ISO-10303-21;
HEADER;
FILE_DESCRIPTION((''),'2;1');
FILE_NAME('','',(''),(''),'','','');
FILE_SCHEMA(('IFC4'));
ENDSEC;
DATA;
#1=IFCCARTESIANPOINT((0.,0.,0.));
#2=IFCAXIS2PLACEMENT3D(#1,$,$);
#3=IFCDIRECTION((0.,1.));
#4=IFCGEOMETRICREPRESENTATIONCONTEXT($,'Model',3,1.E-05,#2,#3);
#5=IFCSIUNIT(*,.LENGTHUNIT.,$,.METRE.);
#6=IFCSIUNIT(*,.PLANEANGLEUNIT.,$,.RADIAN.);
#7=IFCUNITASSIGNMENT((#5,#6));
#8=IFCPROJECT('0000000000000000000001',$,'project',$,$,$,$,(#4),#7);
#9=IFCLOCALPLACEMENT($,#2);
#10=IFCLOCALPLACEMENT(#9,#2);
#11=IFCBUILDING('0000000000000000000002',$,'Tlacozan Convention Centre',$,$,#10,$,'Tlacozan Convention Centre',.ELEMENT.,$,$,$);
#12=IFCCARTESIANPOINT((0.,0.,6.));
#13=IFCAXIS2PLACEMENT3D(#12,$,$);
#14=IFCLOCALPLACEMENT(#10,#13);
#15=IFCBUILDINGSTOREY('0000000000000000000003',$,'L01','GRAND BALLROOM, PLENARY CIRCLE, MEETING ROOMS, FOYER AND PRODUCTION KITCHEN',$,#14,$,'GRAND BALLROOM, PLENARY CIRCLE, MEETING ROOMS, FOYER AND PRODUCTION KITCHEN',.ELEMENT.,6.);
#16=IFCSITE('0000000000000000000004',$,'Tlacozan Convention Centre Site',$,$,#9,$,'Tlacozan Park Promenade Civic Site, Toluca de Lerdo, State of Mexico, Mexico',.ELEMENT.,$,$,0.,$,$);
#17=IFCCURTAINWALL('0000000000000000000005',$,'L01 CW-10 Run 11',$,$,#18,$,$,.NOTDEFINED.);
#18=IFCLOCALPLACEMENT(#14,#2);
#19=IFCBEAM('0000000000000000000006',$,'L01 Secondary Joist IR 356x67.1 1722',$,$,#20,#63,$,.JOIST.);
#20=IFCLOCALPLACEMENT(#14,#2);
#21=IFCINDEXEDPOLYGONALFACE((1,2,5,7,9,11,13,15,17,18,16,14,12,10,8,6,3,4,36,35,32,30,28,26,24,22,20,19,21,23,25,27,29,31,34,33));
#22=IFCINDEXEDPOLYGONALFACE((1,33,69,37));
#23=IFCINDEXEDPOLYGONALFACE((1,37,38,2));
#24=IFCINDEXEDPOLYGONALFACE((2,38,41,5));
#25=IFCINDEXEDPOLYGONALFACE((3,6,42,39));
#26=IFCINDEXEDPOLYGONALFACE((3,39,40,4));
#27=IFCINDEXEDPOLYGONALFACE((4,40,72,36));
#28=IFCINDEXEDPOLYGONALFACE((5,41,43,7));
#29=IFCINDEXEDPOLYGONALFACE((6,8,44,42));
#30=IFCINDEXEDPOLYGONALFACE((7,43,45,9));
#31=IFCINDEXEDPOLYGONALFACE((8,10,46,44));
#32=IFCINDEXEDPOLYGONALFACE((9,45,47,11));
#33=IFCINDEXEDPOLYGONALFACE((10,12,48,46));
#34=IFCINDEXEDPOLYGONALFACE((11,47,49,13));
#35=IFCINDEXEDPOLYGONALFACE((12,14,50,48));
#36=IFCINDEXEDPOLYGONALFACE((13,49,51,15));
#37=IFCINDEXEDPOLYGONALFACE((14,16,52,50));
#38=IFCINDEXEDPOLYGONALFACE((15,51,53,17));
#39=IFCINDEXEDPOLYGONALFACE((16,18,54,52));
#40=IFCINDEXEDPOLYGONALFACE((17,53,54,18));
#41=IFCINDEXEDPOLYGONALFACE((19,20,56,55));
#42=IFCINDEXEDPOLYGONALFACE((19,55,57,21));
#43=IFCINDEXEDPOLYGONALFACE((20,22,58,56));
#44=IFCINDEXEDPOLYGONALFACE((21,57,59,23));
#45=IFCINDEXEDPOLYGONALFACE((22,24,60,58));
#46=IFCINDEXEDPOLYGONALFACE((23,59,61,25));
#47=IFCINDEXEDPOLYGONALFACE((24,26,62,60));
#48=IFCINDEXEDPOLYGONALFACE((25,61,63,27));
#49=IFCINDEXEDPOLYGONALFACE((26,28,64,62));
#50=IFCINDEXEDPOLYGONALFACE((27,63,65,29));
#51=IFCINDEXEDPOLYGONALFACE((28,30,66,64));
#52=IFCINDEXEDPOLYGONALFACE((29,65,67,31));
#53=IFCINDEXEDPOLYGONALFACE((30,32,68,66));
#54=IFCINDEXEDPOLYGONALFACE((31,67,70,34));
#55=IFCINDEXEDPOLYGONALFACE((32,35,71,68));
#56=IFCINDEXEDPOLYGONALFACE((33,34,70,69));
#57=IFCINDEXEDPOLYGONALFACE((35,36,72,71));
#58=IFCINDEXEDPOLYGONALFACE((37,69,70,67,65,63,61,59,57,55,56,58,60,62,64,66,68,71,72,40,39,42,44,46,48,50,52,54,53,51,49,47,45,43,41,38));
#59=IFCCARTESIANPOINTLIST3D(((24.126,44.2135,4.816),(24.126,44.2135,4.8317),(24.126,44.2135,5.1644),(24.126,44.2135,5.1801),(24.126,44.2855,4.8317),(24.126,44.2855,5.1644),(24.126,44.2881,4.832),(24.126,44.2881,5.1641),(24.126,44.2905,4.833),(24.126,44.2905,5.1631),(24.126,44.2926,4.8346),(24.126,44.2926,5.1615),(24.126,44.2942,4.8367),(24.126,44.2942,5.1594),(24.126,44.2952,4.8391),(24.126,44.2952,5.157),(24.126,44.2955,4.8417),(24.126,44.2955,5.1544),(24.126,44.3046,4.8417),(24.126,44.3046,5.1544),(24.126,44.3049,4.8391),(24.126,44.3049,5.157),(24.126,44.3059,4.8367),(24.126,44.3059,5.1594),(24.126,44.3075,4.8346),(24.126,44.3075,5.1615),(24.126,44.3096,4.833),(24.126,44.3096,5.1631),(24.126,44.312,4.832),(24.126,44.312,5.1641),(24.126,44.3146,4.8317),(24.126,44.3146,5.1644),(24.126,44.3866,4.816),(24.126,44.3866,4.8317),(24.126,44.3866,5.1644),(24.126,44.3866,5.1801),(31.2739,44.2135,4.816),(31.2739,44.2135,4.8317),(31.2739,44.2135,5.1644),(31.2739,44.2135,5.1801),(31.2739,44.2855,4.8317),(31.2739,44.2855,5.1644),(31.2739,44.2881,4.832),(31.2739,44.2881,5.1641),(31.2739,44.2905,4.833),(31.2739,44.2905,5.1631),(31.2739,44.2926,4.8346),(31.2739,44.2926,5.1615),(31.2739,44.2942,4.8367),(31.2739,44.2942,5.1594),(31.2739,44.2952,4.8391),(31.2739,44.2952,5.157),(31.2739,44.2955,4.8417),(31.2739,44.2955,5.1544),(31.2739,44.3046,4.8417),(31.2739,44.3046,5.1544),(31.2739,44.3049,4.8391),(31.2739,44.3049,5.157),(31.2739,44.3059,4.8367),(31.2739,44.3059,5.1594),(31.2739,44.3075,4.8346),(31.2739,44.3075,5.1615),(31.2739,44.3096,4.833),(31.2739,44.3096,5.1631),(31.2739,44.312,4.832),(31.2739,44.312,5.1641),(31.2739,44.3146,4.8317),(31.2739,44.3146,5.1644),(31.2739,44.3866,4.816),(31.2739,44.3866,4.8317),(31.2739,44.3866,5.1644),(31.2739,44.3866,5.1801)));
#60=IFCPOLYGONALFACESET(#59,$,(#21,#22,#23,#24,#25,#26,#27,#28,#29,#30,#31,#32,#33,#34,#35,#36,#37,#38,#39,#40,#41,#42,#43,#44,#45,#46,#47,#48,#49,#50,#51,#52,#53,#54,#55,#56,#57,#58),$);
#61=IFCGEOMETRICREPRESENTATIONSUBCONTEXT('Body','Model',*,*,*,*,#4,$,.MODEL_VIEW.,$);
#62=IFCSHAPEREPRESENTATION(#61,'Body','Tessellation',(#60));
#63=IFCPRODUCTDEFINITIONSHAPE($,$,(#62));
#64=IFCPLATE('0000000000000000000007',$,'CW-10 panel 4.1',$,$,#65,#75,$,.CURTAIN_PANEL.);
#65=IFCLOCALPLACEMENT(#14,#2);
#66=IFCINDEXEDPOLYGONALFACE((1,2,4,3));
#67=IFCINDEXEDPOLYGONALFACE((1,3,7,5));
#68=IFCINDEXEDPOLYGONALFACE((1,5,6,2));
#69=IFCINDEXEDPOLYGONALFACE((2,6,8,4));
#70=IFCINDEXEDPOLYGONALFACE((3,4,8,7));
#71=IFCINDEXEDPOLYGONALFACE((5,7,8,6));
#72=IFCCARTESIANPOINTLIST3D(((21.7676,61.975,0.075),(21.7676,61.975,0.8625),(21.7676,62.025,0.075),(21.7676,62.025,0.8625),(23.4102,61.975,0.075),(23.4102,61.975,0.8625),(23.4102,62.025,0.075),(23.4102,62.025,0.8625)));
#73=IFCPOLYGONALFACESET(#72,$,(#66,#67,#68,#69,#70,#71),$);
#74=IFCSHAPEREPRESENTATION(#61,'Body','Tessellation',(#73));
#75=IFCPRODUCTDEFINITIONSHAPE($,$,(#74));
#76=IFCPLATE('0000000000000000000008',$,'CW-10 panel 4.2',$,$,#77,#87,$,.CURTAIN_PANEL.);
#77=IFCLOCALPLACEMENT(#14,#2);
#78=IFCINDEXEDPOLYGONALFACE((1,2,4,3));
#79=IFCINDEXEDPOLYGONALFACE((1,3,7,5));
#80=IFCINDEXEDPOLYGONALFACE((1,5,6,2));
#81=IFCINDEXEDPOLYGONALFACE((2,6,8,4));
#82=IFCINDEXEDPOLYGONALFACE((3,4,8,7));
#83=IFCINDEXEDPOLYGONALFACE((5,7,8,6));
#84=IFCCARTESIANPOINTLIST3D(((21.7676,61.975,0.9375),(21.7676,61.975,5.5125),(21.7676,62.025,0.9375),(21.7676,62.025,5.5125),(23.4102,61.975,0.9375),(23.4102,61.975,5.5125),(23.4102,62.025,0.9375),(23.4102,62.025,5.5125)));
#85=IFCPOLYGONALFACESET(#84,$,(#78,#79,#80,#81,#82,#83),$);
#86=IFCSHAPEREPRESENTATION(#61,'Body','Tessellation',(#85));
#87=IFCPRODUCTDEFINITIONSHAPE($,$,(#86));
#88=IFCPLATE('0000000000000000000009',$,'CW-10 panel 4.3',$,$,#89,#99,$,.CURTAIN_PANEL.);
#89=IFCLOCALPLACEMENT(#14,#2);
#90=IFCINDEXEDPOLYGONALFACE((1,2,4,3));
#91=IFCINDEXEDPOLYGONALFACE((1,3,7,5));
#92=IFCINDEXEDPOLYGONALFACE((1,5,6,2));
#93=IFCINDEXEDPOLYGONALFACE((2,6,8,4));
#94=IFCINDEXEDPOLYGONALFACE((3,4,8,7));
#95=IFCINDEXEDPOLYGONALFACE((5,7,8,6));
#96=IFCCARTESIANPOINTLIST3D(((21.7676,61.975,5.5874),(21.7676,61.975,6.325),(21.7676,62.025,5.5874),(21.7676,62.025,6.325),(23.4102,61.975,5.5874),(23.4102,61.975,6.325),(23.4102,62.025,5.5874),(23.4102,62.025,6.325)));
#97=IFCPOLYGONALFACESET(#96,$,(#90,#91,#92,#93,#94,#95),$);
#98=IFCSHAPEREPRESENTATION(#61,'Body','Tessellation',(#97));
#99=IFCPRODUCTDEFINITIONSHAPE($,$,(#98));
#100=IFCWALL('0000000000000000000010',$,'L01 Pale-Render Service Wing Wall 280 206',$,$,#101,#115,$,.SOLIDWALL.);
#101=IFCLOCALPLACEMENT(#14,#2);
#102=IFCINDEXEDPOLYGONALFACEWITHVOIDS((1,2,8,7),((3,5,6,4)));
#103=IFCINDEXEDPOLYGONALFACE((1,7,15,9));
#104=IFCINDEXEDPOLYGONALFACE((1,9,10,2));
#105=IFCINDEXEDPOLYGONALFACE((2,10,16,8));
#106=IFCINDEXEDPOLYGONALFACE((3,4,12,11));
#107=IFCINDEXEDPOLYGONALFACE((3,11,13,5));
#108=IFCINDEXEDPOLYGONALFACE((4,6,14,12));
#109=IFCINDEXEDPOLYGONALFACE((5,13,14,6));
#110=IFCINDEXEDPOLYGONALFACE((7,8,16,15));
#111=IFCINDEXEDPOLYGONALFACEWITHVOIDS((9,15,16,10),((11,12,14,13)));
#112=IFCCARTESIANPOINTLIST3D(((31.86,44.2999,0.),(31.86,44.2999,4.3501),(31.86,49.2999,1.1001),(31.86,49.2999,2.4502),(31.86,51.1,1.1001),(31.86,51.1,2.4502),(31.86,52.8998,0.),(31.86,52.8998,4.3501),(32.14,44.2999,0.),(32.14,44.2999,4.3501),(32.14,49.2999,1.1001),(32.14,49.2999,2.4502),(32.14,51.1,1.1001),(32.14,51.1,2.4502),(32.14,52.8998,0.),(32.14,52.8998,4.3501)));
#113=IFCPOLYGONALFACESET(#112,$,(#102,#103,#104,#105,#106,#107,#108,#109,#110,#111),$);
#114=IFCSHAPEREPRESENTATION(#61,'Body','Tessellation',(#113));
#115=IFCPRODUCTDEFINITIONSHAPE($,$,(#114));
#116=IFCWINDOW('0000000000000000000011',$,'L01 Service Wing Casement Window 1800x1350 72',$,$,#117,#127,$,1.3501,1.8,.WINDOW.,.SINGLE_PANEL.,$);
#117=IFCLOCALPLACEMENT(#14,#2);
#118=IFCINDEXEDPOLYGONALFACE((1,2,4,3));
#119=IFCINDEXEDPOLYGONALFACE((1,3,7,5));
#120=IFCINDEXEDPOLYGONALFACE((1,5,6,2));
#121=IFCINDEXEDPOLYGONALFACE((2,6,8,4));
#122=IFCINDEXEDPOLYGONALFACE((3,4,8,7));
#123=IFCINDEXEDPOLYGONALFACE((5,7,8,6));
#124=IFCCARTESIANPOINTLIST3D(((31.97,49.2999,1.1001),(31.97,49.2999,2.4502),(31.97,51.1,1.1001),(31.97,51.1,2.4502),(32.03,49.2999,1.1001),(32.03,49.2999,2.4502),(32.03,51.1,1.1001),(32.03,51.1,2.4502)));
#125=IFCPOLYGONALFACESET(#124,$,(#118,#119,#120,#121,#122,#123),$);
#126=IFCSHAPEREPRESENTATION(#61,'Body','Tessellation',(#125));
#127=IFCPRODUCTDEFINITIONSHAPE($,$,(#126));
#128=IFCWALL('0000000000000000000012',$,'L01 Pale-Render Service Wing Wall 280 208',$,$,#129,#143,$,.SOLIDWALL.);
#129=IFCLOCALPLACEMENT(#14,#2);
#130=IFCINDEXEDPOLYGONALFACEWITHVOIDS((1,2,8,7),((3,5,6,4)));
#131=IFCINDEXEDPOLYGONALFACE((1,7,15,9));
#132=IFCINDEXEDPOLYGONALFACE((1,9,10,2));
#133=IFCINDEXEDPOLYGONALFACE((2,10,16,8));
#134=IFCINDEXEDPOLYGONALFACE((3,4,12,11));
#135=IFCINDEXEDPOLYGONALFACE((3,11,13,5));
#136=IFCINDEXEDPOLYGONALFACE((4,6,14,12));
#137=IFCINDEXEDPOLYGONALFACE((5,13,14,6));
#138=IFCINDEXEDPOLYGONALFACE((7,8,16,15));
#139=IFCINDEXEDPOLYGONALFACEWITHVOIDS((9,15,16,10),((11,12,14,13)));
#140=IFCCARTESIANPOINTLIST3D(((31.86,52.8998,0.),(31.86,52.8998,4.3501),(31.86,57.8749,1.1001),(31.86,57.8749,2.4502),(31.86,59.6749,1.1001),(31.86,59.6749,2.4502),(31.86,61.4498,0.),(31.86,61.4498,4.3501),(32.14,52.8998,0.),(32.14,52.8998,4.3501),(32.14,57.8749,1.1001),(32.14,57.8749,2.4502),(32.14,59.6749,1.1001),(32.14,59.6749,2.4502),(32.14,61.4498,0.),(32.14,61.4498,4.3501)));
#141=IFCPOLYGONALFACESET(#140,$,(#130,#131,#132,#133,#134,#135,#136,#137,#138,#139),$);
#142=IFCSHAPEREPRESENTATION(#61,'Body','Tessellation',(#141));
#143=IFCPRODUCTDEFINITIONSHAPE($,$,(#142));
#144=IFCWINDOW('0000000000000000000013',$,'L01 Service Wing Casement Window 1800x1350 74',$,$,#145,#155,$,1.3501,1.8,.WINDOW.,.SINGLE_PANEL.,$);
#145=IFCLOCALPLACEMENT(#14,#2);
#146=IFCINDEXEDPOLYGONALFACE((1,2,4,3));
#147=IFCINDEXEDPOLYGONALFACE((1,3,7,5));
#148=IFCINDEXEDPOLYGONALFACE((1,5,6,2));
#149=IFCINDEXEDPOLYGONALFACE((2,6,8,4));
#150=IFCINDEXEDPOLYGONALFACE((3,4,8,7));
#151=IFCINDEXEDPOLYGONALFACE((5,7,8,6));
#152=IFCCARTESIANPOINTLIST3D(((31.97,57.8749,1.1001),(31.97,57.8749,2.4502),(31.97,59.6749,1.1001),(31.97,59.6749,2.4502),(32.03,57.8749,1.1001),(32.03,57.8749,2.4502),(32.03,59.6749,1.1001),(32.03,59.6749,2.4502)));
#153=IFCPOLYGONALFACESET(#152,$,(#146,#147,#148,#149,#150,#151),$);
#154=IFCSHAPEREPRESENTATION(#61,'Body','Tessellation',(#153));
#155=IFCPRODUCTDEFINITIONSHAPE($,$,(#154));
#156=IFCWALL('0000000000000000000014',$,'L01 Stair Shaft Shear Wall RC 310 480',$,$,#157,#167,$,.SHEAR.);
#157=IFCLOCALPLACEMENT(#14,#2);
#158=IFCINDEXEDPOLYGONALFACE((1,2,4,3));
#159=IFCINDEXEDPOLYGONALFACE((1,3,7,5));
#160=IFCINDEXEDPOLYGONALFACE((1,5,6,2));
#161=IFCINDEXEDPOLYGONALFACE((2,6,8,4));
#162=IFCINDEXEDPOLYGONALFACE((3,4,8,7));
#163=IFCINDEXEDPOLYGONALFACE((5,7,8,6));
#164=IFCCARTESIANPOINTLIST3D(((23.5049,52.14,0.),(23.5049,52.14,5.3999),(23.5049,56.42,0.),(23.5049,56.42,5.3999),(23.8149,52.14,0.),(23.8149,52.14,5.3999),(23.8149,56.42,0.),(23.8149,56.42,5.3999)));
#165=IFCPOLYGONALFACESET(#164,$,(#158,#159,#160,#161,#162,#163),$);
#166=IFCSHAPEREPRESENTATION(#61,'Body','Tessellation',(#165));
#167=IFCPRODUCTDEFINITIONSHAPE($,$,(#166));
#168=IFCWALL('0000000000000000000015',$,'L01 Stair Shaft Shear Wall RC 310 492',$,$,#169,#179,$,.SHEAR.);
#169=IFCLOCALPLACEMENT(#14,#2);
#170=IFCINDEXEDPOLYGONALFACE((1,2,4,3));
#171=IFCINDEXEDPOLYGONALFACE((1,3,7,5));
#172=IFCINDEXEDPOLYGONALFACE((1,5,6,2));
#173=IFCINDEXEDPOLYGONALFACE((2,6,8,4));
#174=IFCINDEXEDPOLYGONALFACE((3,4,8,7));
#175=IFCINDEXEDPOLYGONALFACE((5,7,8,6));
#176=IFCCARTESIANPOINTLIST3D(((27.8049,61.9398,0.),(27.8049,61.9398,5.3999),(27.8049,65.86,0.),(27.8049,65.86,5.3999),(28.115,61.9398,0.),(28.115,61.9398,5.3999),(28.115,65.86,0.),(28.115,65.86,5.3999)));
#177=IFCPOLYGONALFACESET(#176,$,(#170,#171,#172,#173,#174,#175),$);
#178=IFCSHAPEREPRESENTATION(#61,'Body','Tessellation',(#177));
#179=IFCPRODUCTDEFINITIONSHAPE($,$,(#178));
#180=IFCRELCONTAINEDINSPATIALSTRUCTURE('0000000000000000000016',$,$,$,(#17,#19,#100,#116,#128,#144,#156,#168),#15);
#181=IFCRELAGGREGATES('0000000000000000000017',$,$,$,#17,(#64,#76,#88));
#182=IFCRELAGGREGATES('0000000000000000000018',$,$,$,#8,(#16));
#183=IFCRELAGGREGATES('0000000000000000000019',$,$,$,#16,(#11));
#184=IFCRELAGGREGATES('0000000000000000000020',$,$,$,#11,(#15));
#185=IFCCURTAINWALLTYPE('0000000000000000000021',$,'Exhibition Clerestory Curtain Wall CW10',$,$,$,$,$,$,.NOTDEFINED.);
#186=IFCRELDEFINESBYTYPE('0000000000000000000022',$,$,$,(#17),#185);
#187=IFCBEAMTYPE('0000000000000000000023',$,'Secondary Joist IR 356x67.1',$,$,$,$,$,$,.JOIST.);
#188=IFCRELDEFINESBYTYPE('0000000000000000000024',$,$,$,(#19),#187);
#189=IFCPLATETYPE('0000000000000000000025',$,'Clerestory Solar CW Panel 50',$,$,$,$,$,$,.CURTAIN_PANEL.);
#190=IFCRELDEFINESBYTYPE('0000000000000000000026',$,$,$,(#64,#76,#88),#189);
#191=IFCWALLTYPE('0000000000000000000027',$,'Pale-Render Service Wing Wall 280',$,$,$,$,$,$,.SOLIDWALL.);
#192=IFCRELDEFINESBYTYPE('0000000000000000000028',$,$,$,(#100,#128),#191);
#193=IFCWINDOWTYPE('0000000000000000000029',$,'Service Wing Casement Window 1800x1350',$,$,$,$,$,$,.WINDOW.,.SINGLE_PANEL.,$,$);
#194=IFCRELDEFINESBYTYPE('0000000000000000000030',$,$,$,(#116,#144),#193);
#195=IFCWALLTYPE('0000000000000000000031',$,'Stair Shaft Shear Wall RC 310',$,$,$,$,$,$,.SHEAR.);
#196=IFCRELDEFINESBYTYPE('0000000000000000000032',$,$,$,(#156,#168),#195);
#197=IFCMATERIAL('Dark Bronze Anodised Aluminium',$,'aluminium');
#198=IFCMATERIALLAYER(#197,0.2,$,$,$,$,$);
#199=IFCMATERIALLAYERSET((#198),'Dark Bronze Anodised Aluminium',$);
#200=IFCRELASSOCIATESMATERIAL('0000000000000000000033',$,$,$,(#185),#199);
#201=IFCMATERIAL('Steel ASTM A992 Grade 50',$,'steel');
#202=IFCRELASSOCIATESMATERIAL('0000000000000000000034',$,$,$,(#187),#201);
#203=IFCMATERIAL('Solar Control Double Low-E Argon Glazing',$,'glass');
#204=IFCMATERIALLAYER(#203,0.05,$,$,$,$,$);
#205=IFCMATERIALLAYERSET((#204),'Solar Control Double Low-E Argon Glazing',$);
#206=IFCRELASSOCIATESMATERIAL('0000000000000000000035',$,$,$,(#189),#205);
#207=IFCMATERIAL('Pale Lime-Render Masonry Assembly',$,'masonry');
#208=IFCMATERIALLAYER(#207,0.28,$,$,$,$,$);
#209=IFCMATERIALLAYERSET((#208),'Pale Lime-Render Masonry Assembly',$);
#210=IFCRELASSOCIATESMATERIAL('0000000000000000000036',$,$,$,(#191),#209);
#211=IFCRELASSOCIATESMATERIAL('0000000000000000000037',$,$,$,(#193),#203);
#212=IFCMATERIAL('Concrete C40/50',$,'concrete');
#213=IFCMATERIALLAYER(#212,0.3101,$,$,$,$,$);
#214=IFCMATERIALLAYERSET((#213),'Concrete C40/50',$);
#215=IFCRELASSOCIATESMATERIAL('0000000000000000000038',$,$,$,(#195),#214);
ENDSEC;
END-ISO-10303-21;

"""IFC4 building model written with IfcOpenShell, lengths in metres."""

from ifc_helpers import new_model, si_unit, direction, frame, frame_2d, origin, origin_2d, place, context, subcontext, project, spatial, rectangle, i_section, extrude, material, layer, layer_set, material_profile, profile_set, type_object, element, fill, aggregate, save


model = new_model("IFC4")

# Units and contexts
model_context = context("Model", 3, precision=1e-05, world=origin(), true_north=direction((0.0, 1.0)))
body_context = subcontext(model_context, "Body", "Model", "MODEL_VIEW")
ifc_project = project(units=[si_unit("LENGTHUNIT", "METRE"), si_unit("PLANEANGLEUNIT", "RADIAN")], contexts=[model_context])

# Site, building, storey
site_placement = place(None, origin())
site = spatial("IfcSite", under=ifc_project, at=site_placement, Name="Tlacozan Convention Centre Site", LongName="Tlacozan Park Promenade Civic Site, Toluca de Lerdo, State of Mexico, Mexico", CompositionType="ELEMENT", RefElevation=0.0)
building_placement = place(site_placement, origin())
building = spatial("IfcBuilding", under=site, at=building_placement, Name="Tlacozan Convention Centre", LongName="Tlacozan Convention Centre", CompositionType="ELEMENT")
storey_placement = place(building_placement, frame((0.0, 0.0, 6.0)))
storey = spatial("IfcBuildingStorey", under=building, at=storey_placement, Name="L01", Description="GRAND BALLROOM, PLENARY CIRCLE, MEETING ROOMS, FOYER AND PRODUCTION KITCHEN", LongName="GRAND BALLROOM, PLENARY CIRCLE, MEETING ROOMS, FOYER AND PRODUCTION KITCHEN", CompositionType="ELEMENT", Elevation=6.0)

# Curtain wall
ifc_material_1 = material(Name="Dark Bronze Anodised Aluminium", Category="aluminium")
ifc_layer_1 = layer(ifc_material_1, 0.2)
ifc_layer_set_1 = layer_set([ifc_layer_1], Name="Dark Bronze Anodised Aluminium")
curtain_wall_type = type_object("IfcCurtainWallType", Name="Exhibition Clerestory Curtain Wall CW10", PredefinedType="NOTDEFINED", material=ifc_layer_set_1)
curtain_wall_placement = place(storey_placement, origin())
curtain_wall = element("IfcCurtainWall", 1, at=curtain_wall_placement, inside=storey, type_object=curtain_wall_type, Name="L01 CW-10 Run 11", PredefinedType="NOTDEFINED")

# Beam
ifc_material_2 = material(Name="Steel ASTM A992 Grade 50", Category="steel")
ifc_material_profile_1 = material_profile(ifc_material_2, i_section(OverallWidth=0.1731, OverallDepth=0.364, WebThickness=0.009, FlangeThickness=0.0156, FilletRadius=0.01, at=origin_2d()), Name="IR 356x67.1")
ifc_profile_set_1 = profile_set([ifc_material_profile_1], Name="Steel ASTM A992 Grade 50")
beam_type_1 = type_object("IfcBeamType", Name="Secondary Joist IR 356x67.1", PredefinedType="JOIST", material=ifc_profile_set_1)
beam_1_placement = place(storey_placement, frame((24.126, 44.3, 4.998), z_axis=(1.0, 0.0, 0.0), x_axis=(0.0, 1.0, 0.0)))
element("IfcBeam", 2, at=beam_1_placement, inside=storey, type_object=beam_type_1, Name="L01 Secondary Joist IR 356x67.1 1722", PredefinedType="JOIST", context=body_context, shape_type="SweptSolid", body=[
    extrude(i_section(OverallWidth=0.1731, OverallDepth=0.364, WebThickness=0.009, FlangeThickness=0.0156, FilletRadius=0.01, at=origin_2d()), origin(), (0.0, 0.0, 1.0), 7.1479),
])

# Plates
ifc_material_3 = material(Name="Solar Control Double Low-E Argon Glazing", Category="glass")
ifc_layer_2 = layer(ifc_material_3, 0.05)
ifc_layer_set_2 = layer_set([ifc_layer_2], Name="Solar Control Double Low-E Argon Glazing")
plate_type = type_object("IfcPlateType", Name="Clerestory Solar CW Panel 50", PredefinedType="CURTAIN_PANEL", material=ifc_layer_set_2)
plate_1_placement = place(storey_placement, frame((22.5889, 62.0, 0.075), z_axis=(0.0, 0.0, 1.0), x_axis=(1.0, 0.0, 0.0)))
plate_1 = element("IfcPlate", 3, at=plate_1_placement, type_object=plate_type, Name="CW-10 panel 4.1", PredefinedType="CURTAIN_PANEL", context=body_context, shape_type="SweptSolid", body=[
    extrude(rectangle(XDim=1.6426, YDim=0.05, at=origin_2d()), origin(), (0.0, 0.0, 1.0), 0.7876),
])
plate_2_placement = place(storey_placement, frame((22.5889, 62.0, 0.9375), z_axis=(0.0, 0.0, 1.0), x_axis=(1.0, 0.0, 0.0)))
plate_2 = element("IfcPlate", 4, at=plate_2_placement, type_object=plate_type, Name="CW-10 panel 4.2", PredefinedType="CURTAIN_PANEL", context=body_context, shape_type="SweptSolid", body=[
    extrude(rectangle(XDim=1.6426, YDim=0.05, at=origin_2d()), origin(), (0.0, 0.0, 1.0), 4.575),
])
plate_3_placement = place(storey_placement, frame((22.5889, 62.0, 5.5874), z_axis=(0.0, 0.0, 1.0), x_axis=(1.0, 0.0, 0.0)))
plate_3 = element("IfcPlate", 5, at=plate_3_placement, type_object=plate_type, Name="CW-10 panel 4.3", PredefinedType="CURTAIN_PANEL", context=body_context, shape_type="SweptSolid", body=[
    extrude(rectangle(XDim=1.6426, YDim=0.05, at=origin_2d()), origin(), (0.0, 0.0, 1.0), 0.7375),
])
aggregate(curtain_wall, [plate_1, plate_2, plate_3])

# Shared definitions
ifc_material_4 = material(Name="Concrete C40/50", Category="concrete")

# Walls, openings, windows
ifc_material_5 = material(Name="Pale Lime-Render Masonry Assembly", Category="masonry")
ifc_layer_3 = layer(ifc_material_5, 0.28)
ifc_layer_set_3 = layer_set([ifc_layer_3], Name="Pale Lime-Render Masonry Assembly")
wall_type_1 = type_object("IfcWallType", Name="Pale-Render Service Wing Wall 280", PredefinedType="SOLIDWALL", material=ifc_layer_set_3)
wall_1_placement = place(storey_placement, frame((32.0, 44.3, 0.0), z_axis=(0.0, 0.0, 1.0), x_axis=(0.0, 1.0, 0.0)))
wall_1 = element("IfcWall", 6, at=wall_1_placement, inside=storey, type_object=wall_type_1, Name="L01 Pale-Render Service Wing Wall 280 206", PredefinedType="SOLIDWALL", context=body_context, shape_type="SweptSolid", body=[
    extrude(rectangle(XDim=8.5999, YDim=0.28, at=frame_2d((4.2998, 0.0))), origin(), (0.0, 0.0, 1.0), 4.3501),
])
opening_1_placement = place(wall_1_placement, frame((5.0, 0.0, 1.1001)))
opening_1 = element("IfcOpeningElement", 7, at=opening_1_placement, cuts=wall_1, PredefinedType="OPENING", context=body_context, shape_type="SweptSolid", body=[
    extrude(rectangle(XDim=1.8, YDim=1.3501, at=frame_2d((0.8999, 0.675))), frame((0.0, 0.1499, 0.0), z_axis=(0.0, -1.0, 0.0), x_axis=(1.0, 0.0, 0.0)), (0.0, 0.0, 1.0), 0.3),
])
window_type = type_object("IfcWindowType", Name="Service Wing Casement Window 1800x1350", PartitioningType="SINGLE_PANEL", PredefinedType="WINDOW", material=ifc_material_3)
window_1_placement = place(opening_1_placement, origin())
window_1 = element("IfcWindow", 8, at=window_1_placement, inside=storey, type_object=window_type, Name="L01 Service Wing Casement Window 1800x1350 72", OverallHeight=1.3501, OverallWidth=1.8, PartitioningType="SINGLE_PANEL", PredefinedType="WINDOW", context=body_context, shape_type="SweptSolid", body=[
    extrude(rectangle(XDim=1.8, YDim=1.3501, at=frame_2d((0.8999, 0.675))), frame((0.0, 0.03, 0.0), z_axis=(0.0, -1.0, 0.0), x_axis=(1.0, 0.0, 0.0)), (0.0, 0.0, 1.0), 0.0601),
])
fill(opening_1, window_1)
wall_2_placement = place(storey_placement, frame((32.0, 52.8999, 0.0), z_axis=(0.0, 0.0, 1.0), x_axis=(0.0, 1.0, 0.0)))
wall_2 = element("IfcWall", 9, at=wall_2_placement, inside=storey, type_object=wall_type_1, Name="L01 Pale-Render Service Wing Wall 280 208", PredefinedType="SOLIDWALL", context=body_context, shape_type="SweptSolid", body=[
    extrude(rectangle(XDim=8.55, YDim=0.28, at=frame_2d((4.2749, 0.0))), origin(), (0.0, 0.0, 1.0), 4.3501),
])
opening_2_placement = place(wall_2_placement, frame((4.9751, 0.0, 1.1001)))
opening_2 = element("IfcOpeningElement", 10, at=opening_2_placement, cuts=wall_2, PredefinedType="OPENING", context=body_context, shape_type="SweptSolid", body=[
    extrude(rectangle(XDim=1.8, YDim=1.3501, at=frame_2d((0.8999, 0.675))), frame((0.0, 0.1499, 0.0), z_axis=(0.0, -1.0, 0.0), x_axis=(1.0, 0.0, 0.0)), (0.0, 0.0, 1.0), 0.3),
])
window_2_placement = place(opening_2_placement, origin())
window_2 = element("IfcWindow", 11, at=window_2_placement, inside=storey, type_object=window_type, Name="L01 Service Wing Casement Window 1800x1350 74", OverallHeight=1.3501, OverallWidth=1.8, PartitioningType="SINGLE_PANEL", PredefinedType="WINDOW", context=body_context, shape_type="SweptSolid", body=[
    extrude(rectangle(XDim=1.8, YDim=1.3501, at=frame_2d((0.8999, 0.675))), frame((0.0, 0.03, 0.0), z_axis=(0.0, -1.0, 0.0), x_axis=(1.0, 0.0, 0.0)), (0.0, 0.0, 1.0), 0.0601),
])
fill(opening_2, window_2)

# Walls
ifc_layer_4 = layer(ifc_material_4, 0.3101)
ifc_layer_set_4 = layer_set([ifc_layer_4], Name="Concrete C40/50")
wall_type_2 = type_object("IfcWallType", Name="Stair Shaft Shear Wall RC 310", PredefinedType="SHEAR", material=ifc_layer_set_4)
wall_3_placement = place(storey_placement, frame((23.6599, 52.1399, 0.0), z_axis=(0.0, 0.0, 1.0), x_axis=(0.0, 1.0, 0.0)))
element("IfcWall", 12, at=wall_3_placement, inside=storey, type_object=wall_type_2, Name="L01 Stair Shaft Shear Wall RC 310 480", PredefinedType="SHEAR", context=body_context, shape_type="SweptSolid", body=[
    extrude(rectangle(XDim=4.28, YDim=0.3101, at=frame_2d((2.1401, 0.0))), origin(), (0.0, 0.0, 1.0), 5.3999),
])
wall_4_placement = place(storey_placement, frame((27.96, 61.9399, 0.0), z_axis=(0.0, 0.0, 1.0), x_axis=(0.0, 1.0, 0.0)))
element("IfcWall", 13, at=wall_4_placement, inside=storey, type_object=wall_type_2, Name="L01 Stair Shaft Shear Wall RC 310 492", PredefinedType="SHEAR", context=body_context, shape_type="SweptSolid", body=[
    extrude(rectangle(XDim=3.9202, YDim=0.3101, at=frame_2d((1.96, 0.0))), origin(), (0.0, 0.0, 1.0), 5.3999),
])

save(model, "model.ifc")
